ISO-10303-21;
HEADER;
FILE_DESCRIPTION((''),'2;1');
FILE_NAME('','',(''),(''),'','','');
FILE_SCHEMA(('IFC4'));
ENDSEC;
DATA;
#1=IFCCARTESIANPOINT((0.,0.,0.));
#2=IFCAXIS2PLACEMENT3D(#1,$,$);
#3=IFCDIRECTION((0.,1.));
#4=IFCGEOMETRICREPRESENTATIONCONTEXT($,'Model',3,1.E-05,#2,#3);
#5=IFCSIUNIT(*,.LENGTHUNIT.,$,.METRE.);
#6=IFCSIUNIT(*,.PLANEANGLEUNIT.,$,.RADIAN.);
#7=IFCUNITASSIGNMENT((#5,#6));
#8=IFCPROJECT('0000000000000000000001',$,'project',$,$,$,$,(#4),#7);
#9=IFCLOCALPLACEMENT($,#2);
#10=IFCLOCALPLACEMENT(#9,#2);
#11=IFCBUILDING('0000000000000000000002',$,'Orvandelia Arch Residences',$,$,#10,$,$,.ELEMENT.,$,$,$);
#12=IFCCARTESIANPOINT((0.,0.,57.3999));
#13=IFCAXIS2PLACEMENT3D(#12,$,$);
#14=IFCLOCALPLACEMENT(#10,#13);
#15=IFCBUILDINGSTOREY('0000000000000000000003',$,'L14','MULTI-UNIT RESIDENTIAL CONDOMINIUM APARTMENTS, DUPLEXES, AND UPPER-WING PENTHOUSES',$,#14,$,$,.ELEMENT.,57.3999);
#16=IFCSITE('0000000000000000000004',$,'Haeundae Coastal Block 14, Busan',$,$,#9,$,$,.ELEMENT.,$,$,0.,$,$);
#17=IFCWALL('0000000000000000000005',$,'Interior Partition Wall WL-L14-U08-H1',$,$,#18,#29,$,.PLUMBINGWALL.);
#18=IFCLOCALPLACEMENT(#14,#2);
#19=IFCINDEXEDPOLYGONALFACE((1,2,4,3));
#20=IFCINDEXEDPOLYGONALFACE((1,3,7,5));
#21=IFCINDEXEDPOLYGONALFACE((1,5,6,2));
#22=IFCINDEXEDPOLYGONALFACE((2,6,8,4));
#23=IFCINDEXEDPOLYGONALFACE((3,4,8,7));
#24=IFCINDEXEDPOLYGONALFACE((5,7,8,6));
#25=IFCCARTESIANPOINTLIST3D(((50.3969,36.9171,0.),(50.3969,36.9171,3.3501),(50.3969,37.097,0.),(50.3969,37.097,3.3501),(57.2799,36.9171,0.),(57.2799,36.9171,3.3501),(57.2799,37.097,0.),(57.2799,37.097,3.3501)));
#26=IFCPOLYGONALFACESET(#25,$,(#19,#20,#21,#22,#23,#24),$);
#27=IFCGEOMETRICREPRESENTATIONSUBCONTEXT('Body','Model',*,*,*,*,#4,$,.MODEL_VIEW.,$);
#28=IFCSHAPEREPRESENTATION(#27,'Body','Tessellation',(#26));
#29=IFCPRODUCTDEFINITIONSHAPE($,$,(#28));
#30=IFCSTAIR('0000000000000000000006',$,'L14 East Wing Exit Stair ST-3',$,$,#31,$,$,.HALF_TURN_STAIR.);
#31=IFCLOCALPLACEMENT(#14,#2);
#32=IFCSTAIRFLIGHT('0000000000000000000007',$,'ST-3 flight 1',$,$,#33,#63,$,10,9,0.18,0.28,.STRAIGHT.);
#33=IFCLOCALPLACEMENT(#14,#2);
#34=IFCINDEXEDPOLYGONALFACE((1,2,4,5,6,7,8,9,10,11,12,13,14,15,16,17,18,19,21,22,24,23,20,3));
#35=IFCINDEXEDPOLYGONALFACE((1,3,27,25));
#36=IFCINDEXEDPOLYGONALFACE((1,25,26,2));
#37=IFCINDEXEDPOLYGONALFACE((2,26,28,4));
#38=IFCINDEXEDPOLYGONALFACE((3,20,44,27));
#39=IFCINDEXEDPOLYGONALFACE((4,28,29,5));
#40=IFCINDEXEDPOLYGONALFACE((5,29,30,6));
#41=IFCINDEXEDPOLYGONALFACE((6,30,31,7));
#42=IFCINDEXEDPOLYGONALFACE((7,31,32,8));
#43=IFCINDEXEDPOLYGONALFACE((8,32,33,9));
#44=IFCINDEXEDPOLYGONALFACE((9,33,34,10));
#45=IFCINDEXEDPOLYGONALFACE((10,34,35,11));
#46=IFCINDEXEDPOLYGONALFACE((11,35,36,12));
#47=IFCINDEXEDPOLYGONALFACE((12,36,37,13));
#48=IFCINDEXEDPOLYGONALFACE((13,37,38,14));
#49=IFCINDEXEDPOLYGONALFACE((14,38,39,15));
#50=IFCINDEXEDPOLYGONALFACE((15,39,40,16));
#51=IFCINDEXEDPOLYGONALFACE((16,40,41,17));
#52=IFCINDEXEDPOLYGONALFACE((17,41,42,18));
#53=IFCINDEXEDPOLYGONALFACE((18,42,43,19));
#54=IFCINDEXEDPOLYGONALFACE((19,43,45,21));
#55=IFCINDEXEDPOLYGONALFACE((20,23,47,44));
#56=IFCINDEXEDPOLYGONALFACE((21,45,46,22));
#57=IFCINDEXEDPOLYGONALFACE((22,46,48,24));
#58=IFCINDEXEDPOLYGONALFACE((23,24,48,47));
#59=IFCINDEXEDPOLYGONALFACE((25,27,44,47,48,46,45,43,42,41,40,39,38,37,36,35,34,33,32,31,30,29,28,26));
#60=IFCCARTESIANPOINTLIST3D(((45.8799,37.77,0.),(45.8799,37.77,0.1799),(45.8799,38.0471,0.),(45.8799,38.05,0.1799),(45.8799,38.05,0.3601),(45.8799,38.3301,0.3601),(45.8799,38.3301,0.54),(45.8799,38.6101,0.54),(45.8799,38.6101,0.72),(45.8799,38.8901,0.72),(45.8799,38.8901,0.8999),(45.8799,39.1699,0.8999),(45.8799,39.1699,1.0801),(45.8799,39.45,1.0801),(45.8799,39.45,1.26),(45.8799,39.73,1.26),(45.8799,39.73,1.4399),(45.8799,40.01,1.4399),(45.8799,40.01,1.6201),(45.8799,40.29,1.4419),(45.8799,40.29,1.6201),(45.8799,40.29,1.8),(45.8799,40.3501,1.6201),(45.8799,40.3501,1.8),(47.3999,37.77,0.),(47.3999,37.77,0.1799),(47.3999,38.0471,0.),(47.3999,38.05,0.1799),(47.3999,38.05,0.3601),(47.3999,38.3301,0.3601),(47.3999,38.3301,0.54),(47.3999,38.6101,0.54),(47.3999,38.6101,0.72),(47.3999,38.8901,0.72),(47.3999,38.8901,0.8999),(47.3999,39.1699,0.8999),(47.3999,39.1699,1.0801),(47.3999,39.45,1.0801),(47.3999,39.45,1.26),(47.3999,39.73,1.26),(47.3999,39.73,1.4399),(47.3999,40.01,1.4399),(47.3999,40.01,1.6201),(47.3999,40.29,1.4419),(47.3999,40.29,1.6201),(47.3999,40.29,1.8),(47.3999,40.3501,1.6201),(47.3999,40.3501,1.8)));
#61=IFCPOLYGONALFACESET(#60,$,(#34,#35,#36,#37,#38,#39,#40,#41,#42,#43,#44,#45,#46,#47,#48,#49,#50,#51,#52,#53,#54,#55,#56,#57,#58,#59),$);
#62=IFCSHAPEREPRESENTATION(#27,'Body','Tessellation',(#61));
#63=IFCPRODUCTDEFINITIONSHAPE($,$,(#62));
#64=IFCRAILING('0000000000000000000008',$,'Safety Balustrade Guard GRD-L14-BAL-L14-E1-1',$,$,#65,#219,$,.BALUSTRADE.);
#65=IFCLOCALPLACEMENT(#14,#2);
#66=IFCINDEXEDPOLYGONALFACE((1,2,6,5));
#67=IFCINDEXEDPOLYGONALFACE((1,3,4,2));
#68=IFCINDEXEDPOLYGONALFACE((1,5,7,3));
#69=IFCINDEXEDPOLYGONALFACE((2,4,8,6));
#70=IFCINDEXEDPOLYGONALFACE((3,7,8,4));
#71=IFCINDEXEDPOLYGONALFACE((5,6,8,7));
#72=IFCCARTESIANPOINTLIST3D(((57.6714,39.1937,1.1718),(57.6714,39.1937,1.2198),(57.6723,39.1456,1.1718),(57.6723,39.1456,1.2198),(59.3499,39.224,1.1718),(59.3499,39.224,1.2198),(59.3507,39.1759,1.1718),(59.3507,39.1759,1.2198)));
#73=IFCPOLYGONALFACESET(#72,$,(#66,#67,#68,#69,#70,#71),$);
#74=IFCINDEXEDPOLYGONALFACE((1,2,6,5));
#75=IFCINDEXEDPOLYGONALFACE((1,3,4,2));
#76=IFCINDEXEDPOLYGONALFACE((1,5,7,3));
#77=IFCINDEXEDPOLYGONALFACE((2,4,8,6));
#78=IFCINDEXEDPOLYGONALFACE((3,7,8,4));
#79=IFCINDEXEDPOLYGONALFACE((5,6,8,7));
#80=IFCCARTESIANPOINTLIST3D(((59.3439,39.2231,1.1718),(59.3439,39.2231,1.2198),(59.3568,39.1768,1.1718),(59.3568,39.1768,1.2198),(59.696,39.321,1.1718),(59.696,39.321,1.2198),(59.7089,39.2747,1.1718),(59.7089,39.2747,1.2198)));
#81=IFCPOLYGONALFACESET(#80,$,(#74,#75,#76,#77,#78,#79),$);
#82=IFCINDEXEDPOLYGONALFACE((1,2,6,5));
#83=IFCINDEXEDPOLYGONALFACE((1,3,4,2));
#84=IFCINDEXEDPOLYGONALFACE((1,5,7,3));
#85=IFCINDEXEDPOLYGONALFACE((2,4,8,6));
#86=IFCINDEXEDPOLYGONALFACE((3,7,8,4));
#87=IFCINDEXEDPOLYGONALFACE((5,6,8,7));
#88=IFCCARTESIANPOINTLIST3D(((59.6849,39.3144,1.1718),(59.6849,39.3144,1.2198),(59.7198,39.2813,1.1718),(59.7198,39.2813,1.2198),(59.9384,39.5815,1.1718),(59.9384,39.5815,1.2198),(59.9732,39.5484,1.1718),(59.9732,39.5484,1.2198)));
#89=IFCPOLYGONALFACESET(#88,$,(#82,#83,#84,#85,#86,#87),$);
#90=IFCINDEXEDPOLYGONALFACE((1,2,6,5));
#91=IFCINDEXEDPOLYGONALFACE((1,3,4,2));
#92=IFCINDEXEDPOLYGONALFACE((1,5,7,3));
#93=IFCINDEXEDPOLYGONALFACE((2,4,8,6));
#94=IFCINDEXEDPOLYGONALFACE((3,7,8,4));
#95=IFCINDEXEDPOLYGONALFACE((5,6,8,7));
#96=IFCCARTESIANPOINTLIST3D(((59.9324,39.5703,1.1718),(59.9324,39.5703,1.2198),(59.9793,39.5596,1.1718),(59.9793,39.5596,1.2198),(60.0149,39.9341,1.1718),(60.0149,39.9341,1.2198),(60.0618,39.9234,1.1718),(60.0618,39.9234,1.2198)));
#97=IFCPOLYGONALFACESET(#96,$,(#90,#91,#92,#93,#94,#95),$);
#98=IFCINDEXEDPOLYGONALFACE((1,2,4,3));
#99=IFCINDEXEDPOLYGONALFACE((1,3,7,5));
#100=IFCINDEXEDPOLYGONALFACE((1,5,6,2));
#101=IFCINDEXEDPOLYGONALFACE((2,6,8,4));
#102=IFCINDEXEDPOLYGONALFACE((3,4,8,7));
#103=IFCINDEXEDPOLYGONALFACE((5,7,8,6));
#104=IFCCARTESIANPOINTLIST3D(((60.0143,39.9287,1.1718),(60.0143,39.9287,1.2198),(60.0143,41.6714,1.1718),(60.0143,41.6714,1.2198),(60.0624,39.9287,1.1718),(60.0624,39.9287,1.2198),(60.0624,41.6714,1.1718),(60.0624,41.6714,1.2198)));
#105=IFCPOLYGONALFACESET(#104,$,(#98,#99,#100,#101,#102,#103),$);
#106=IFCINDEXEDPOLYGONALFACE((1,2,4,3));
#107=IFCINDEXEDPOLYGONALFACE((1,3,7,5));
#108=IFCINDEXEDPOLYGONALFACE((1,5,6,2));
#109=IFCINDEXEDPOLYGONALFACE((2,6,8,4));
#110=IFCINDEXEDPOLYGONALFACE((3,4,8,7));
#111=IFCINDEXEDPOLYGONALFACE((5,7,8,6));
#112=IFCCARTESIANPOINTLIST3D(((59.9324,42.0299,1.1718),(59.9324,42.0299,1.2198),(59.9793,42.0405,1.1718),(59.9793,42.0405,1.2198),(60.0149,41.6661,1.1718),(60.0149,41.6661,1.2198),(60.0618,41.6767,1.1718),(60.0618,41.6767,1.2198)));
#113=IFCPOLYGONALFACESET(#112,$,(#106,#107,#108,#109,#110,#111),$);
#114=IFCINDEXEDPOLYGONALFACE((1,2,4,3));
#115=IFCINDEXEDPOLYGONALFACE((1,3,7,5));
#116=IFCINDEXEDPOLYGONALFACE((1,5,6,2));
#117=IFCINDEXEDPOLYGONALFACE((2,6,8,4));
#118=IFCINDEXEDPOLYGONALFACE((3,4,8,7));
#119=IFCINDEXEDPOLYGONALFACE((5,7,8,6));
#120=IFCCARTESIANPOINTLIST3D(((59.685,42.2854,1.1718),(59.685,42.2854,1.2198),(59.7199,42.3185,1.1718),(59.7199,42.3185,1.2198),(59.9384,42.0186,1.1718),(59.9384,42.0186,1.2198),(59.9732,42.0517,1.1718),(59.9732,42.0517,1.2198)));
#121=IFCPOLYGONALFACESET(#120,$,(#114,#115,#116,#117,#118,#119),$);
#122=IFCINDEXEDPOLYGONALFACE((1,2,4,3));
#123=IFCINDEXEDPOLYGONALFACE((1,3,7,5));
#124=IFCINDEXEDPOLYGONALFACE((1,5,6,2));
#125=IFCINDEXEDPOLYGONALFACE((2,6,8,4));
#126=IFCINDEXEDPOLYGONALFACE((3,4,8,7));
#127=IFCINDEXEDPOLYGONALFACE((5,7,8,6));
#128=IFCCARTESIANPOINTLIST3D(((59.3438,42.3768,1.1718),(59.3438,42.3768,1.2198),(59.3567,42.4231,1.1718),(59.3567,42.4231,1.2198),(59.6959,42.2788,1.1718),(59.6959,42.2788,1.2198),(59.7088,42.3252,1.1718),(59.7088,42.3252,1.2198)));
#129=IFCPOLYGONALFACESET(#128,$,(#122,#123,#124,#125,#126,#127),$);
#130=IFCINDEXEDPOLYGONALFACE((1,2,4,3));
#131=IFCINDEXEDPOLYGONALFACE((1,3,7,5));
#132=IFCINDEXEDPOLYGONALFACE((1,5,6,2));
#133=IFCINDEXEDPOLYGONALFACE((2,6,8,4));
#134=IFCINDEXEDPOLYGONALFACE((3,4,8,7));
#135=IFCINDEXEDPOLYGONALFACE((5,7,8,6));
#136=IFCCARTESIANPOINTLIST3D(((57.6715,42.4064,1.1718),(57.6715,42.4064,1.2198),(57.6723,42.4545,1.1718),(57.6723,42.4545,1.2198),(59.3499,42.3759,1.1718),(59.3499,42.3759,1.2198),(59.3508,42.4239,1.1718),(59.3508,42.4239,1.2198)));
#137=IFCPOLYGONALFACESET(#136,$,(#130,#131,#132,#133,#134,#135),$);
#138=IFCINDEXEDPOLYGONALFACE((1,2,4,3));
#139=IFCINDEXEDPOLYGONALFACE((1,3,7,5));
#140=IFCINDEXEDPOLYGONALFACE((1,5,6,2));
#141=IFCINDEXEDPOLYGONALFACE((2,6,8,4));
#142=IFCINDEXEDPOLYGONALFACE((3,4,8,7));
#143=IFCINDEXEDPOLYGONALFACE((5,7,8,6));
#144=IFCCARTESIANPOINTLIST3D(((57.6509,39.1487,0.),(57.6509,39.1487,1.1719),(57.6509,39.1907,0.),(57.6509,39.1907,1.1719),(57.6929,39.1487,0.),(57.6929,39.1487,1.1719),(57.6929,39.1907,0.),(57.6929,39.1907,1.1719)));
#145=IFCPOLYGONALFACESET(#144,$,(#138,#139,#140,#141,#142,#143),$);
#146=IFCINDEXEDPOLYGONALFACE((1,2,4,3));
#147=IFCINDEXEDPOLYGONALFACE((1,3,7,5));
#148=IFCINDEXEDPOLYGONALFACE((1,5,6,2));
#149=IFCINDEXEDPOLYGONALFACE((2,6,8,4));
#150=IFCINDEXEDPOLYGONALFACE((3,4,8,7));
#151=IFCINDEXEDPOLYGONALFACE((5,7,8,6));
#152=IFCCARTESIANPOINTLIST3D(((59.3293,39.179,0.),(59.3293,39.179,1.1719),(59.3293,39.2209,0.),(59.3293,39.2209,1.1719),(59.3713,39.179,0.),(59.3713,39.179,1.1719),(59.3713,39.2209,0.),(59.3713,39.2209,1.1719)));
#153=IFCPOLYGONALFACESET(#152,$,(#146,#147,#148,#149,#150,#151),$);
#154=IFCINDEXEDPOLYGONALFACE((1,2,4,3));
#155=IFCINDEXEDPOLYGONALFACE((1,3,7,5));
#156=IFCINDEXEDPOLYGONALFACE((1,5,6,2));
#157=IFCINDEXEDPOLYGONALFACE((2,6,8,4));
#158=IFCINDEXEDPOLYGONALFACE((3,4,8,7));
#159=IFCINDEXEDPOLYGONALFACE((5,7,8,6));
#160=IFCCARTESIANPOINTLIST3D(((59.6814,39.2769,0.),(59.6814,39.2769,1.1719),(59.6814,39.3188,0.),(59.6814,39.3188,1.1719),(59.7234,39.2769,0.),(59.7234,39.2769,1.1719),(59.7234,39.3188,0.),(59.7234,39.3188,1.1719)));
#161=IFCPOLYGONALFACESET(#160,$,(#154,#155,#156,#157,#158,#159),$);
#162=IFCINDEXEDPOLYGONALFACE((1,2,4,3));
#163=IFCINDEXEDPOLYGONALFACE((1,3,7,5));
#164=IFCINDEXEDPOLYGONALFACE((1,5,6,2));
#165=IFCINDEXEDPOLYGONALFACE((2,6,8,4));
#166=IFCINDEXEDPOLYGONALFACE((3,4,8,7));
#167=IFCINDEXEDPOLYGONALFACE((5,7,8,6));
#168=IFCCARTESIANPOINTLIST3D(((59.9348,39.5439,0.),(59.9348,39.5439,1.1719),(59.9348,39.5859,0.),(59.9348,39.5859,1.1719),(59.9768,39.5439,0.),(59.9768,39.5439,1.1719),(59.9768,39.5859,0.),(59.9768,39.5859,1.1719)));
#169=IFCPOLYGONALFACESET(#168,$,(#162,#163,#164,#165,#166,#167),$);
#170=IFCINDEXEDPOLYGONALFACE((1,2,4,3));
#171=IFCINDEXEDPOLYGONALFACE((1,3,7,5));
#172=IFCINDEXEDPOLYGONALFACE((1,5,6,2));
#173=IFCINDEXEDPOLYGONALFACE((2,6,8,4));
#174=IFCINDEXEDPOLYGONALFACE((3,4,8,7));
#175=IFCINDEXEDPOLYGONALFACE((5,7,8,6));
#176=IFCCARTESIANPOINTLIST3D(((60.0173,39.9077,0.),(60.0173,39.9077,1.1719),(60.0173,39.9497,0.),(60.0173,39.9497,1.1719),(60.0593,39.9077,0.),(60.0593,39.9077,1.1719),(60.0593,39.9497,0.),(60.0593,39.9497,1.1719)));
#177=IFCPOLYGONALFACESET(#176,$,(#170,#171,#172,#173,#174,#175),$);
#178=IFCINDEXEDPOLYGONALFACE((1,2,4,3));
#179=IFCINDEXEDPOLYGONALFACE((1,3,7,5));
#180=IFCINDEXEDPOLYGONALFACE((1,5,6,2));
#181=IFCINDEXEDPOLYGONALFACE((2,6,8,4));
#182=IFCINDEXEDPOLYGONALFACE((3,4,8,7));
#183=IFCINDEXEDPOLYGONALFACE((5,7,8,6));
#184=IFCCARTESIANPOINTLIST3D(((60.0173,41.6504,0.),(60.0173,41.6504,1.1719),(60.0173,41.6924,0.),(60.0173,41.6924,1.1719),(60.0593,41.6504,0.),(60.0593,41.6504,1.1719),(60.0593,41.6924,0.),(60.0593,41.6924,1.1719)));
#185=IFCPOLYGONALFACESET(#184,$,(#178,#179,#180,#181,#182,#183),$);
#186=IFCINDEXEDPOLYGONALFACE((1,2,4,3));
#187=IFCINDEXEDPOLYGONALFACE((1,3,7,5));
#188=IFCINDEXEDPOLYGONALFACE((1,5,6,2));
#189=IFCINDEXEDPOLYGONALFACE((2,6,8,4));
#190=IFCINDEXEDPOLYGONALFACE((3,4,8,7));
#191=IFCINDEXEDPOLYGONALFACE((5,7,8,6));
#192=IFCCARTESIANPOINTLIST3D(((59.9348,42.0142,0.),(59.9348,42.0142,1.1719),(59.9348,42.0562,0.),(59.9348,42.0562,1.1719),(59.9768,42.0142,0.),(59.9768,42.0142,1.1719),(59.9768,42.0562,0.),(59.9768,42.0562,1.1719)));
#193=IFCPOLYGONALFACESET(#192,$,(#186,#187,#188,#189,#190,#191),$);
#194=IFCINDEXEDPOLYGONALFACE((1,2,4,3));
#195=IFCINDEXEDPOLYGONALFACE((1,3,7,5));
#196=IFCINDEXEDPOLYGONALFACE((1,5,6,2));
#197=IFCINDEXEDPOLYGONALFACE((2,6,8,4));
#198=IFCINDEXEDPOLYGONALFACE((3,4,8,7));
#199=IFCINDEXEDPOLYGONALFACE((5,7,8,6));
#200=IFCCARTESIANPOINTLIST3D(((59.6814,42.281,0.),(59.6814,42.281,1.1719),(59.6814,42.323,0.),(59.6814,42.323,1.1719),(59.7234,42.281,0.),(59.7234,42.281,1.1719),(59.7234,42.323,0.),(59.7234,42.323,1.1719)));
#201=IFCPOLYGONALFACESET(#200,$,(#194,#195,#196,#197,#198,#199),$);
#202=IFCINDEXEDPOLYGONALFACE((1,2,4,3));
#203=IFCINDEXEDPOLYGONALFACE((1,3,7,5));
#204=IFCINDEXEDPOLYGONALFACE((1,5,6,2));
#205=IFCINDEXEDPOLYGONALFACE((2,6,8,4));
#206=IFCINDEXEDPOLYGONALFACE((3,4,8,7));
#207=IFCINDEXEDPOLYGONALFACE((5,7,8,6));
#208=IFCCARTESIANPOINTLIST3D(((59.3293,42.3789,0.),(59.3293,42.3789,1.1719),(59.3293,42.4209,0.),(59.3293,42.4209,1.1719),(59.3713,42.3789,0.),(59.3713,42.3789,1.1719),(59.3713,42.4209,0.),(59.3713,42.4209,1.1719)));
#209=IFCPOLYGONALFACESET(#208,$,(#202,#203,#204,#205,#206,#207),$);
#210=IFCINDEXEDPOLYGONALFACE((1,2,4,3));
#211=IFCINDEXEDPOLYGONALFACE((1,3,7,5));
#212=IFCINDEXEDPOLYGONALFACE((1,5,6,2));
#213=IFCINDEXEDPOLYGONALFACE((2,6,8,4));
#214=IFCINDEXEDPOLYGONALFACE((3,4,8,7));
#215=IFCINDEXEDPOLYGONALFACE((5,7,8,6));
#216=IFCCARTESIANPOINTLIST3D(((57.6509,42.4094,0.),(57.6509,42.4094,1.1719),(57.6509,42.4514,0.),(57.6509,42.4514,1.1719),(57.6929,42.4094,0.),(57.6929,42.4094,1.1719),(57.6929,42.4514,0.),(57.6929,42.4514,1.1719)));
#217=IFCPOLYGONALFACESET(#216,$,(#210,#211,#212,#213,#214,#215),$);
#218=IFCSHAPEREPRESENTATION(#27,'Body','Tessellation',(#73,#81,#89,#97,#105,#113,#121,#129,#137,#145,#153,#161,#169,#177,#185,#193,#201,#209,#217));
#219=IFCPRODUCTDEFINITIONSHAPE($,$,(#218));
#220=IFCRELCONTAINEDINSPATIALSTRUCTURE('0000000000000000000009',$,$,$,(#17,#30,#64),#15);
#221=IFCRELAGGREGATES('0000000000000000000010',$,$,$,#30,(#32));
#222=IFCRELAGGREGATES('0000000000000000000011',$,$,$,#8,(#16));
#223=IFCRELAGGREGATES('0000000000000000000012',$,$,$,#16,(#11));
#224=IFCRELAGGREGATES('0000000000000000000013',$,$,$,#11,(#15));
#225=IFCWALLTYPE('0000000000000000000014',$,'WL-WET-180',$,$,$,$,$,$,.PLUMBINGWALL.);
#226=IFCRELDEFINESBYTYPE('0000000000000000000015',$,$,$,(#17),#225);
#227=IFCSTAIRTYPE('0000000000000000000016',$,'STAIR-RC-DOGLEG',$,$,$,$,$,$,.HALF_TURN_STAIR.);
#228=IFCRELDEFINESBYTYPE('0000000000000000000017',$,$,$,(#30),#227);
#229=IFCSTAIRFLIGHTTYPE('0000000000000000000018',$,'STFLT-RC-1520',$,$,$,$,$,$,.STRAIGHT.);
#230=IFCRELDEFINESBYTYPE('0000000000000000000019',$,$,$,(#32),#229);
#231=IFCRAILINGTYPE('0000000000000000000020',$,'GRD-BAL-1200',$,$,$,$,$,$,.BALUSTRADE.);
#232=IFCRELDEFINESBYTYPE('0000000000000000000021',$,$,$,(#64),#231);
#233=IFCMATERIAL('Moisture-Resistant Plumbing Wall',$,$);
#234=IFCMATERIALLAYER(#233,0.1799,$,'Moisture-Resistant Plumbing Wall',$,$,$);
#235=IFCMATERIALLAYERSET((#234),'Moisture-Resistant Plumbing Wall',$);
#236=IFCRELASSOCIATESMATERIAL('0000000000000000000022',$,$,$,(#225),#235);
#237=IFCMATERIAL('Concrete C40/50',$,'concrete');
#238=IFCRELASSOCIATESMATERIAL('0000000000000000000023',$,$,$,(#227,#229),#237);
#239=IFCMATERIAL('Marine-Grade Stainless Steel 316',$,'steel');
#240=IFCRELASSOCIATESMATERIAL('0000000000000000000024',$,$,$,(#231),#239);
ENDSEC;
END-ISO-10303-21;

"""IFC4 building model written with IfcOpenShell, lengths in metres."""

from ifc_helpers import new_model, si_unit, direction, frame, frame_2d, origin, origin_2d, place, context, subcontext, project, spatial, polyline, rectangle, outline, extrude, material, layer, layer_set, type_object, element, aggregate, save


model = new_model("IFC4")

# Units and contexts
model_context = context("Model", 3, precision=1e-05, world=origin(), true_north=direction((0.0, 1.0)))
body_context = subcontext(model_context, "Body", "Model", "MODEL_VIEW")
ifc_project = project(units=[si_unit("LENGTHUNIT", "METRE"), si_unit("PLANEANGLEUNIT", "RADIAN")], contexts=[model_context])

# Site, building, storey
site_placement = place(None, origin())
site = spatial("IfcSite", under=ifc_project, at=site_placement, Name="Haeundae Coastal Block 14, Busan", CompositionType="ELEMENT", RefElevation=0.0)
building_placement = place(site_placement, origin())
building = spatial("IfcBuilding", under=site, at=building_placement, Name="Orvandelia Arch Residences", CompositionType="ELEMENT")
storey_placement = place(building_placement, frame((0.0, 0.0, 57.3999)))
storey = spatial("IfcBuildingStorey", under=building, at=storey_placement, Name="L14", Description="MULTI-UNIT RESIDENTIAL CONDOMINIUM APARTMENTS, DUPLEXES, AND UPPER-WING PENTHOUSES", CompositionType="ELEMENT", Elevation=57.3999)

# Wall
ifc_material_1 = material(Name="Moisture-Resistant Plumbing Wall")
ifc_layer_1 = layer(ifc_material_1, 0.1799, Name="Moisture-Resistant Plumbing Wall")
ifc_layer_set_1 = layer_set([ifc_layer_1], Name="Moisture-Resistant Plumbing Wall")
wall_type_1 = type_object("IfcWallType", Name="WL-WET-180", PredefinedType="PLUMBINGWALL", material=ifc_layer_set_1)
wall_1_placement = place(storey_placement, frame((50.397, 37.0071, 0.0), z_axis=(0.0, 0.0, 1.0), x_axis=(1.0, 0.0, 0.0)))
element("IfcWall", 1, at=wall_1_placement, inside=storey, type_object=wall_type_1, Name="Interior Partition Wall WL-L14-U08-H1", PredefinedType="PLUMBINGWALL", context=body_context, shape_type="SweptSolid", body=[
    extrude(rectangle(XDim=6.8831, YDim=0.1799, at=frame_2d((3.4414, 0.0))), origin(), (0.0, 0.0, 1.0), 3.3501),
])

# Stair, stair flight
ifc_material_2 = material(Name="Concrete C40/50", Category="concrete")
stair_type = type_object("IfcStairType", Name="STAIR-RC-DOGLEG", PredefinedType="HALF_TURN_STAIR", material=ifc_material_2)
stair_placement = place(storey_placement, origin())
stair = element("IfcStair", 2, at=stair_placement, inside=storey, type_object=stair_type, Name="L14 East Wing Exit Stair ST-3", PredefinedType="HALF_TURN_STAIR")
stair_flight_type = type_object("IfcStairFlightType", Name="STFLT-RC-1520", PredefinedType="STRAIGHT", material=ifc_material_2)
stair_flight_placement = place(storey_placement, frame((46.6399, 37.77, 0.0), z_axis=(0.0, 0.0, 1.0), x_axis=(0.0, 1.0, 0.0)))
stair_flight = element("IfcStairFlight", 3, at=stair_flight_placement, type_object=stair_flight_type, Name="ST-3 flight 1", NumberOfRisers=10, NumberOfTreads=9, PredefinedType="STRAIGHT", RiserHeight=0.18, TreadLength=0.28, context=body_context, shape_type="SweptSolid", body=[
    extrude(outline(polyline([(0.0, 0.0), (0.0, 0.1799), (0.28, 0.1799), (0.28, 0.3601), (0.5601, 0.3601), (0.5601, 0.54), (0.8401, 0.54), (0.8401, 0.72), (1.1201, 0.72), (1.1201, 0.8999), (1.3999, 0.8999), (1.3999, 1.0801), (1.6799, 1.0801), (1.6799, 1.26), (1.96, 1.26), (1.96, 1.4399), (2.24, 1.4399), (2.24, 1.6201), (2.52, 1.6201), (2.52, 1.8), (2.5801, 1.8), (2.5801, 1.6201), (2.52, 1.4419), (0.2771, 0.0), (0.0, 0.0)])), frame((0.0, 0.76, 0.0), z_axis=(0.0, -1.0, 0.0), x_axis=(1.0, 0.0, 0.0)), (0.0, 0.0, 1.0), 1.52),
])
aggregate(stair, [stair_flight])

# Railing
ifc_material_3 = material(Name="Marine-Grade Stainless Steel 316", Category="steel")
railing_type_1 = type_object("IfcRailingType", Name="GRD-BAL-1200", PredefinedType="BALUSTRADE", material=ifc_material_3)
railing_1_placement = place(storey_placement, frame((57.6719, 39.1697, 0.0)))
element("IfcRailing", 4, at=railing_1_placement, inside=storey, type_object=railing_type_1, Name="Safety Balustrade Guard GRD-L14-BAL-L14-E1-1", PredefinedType="BALUSTRADE", context=body_context, shape_type="SweptSolid", body=[
    extrude(rectangle(XDim=0.0481, YDim=0.0481, at=origin_2d()), frame((0.0, 0.0, 1.1958), z_axis=(0.999837, 0.018033, 0.0), x_axis=(-0.018033, 0.999837, 0.0)), (0.0, 0.0, 1.0), 1.6787),
    extrude(rectangle(XDim=0.0481, YDim=0.0481, at=origin_2d()), frame((1.6785, 0.0303, 1.1958), z_axis=(0.963441, 0.26792, 0.0), x_axis=(-0.26792, 0.963441, 0.0)), (0.0, 0.0, 1.0), 0.3655),
    extrude(rectangle(XDim=0.0481, YDim=0.0481, at=origin_2d()), frame((2.0305, 0.1282, 1.1958), z_axis=(0.688296, 0.72543, 0.0), x_axis=(-0.72543, 0.688296, 0.0)), (0.0, 0.0, 1.0), 0.3682),
    extrude(rectangle(XDim=0.0481, YDim=0.0481, at=origin_2d()), frame((2.2839, 0.3953, 1.1958), z_axis=(0.221225, 0.975223, 0.0), x_axis=(-0.975223, 0.221225, 0.0)), (0.0, 0.0, 1.0), 0.373),
    extrude(rectangle(XDim=0.0481, YDim=0.0481, at=origin_2d()), frame((2.3665, 0.759, 1.1958), z_axis=(0.0, 1.0, 0.0), x_axis=(-1.0, 0.0, 0.0)), (0.0, 0.0, 1.0), 1.7427),
    extrude(rectangle(XDim=0.0481, YDim=0.0481, at=origin_2d()), frame((2.3665, 2.5017, 1.1958), z_axis=(-0.221225, 0.975223, 0.0), x_axis=(-0.975223, -0.221225, 0.0)), (0.0, 0.0, 1.0), 0.373),
    extrude(rectangle(XDim=0.0481, YDim=0.0481, at=origin_2d()), frame((2.2839, 2.8655, 1.1958), z_axis=(-0.688627, 0.725115, 0.0), x_axis=(-0.725115, -0.688627, 0.0)), (0.0, 0.0, 1.0), 0.3679),
    extrude(rectangle(XDim=0.0481, YDim=0.0481, at=origin_2d()), frame((2.0305, 3.1323, 1.1958), z_axis=(-0.963441, 0.26792, 0.0), x_axis=(-0.26792, -0.963441, 0.0)), (0.0, 0.0, 1.0), 0.3655),
    extrude(rectangle(XDim=0.0481, YDim=0.0481, at=origin_2d()), frame((1.6785, 3.2302, 1.1958), z_axis=(-0.999835, 0.018179, 0.0), x_axis=(-0.018179, -0.999835, 0.0)), (0.0, 0.0, 1.0), 1.6787),
    extrude(rectangle(XDim=0.042, YDim=0.042, at=origin_2d()), origin(), (0.0, 0.0, 1.0), 1.1719),
    extrude(rectangle(XDim=0.042, YDim=0.042, at=origin_2d()), frame((1.6785, 0.0303, 0.0)), (0.0, 0.0, 1.0), 1.1719),
    extrude(rectangle(XDim=0.042, YDim=0.042, at=origin_2d()), frame((2.0305, 0.1282, 0.0)), (0.0, 0.0, 1.0), 1.1719),
    extrude(rectangle(XDim=0.042, YDim=0.042, at=origin_2d()), frame((2.2839, 0.3953, 0.0)), (0.0, 0.0, 1.0), 1.1719),
    extrude(rectangle(XDim=0.042, YDim=0.042, at=origin_2d()), frame((2.3665, 0.759, 0.0)), (0.0, 0.0, 1.0), 1.1719),
    extrude(rectangle(XDim=0.042, YDim=0.042, at=origin_2d()), frame((2.3665, 2.5017, 0.0)), (0.0, 0.0, 1.0), 1.1719),
    extrude(rectangle(XDim=0.042, YDim=0.042, at=origin_2d()), frame((2.2839, 2.8655, 0.0)), (0.0, 0.0, 1.0), 1.1719),
    extrude(rectangle(XDim=0.042, YDim=0.042, at=origin_2d()), frame((2.0305, 3.1323, 0.0)), (0.0, 0.0, 1.0), 1.1719),
    extrude(rectangle(XDim=0.042, YDim=0.042, at=origin_2d()), frame((1.6785, 3.2302, 0.0)), (0.0, 0.0, 1.0), 1.1719),
    extrude(rectangle(XDim=0.042, YDim=0.042, at=origin_2d()), frame((0.0, 3.2607, 0.0)), (0.0, 0.0, 1.0), 1.1719),
])

save(model, "model.ifc")
